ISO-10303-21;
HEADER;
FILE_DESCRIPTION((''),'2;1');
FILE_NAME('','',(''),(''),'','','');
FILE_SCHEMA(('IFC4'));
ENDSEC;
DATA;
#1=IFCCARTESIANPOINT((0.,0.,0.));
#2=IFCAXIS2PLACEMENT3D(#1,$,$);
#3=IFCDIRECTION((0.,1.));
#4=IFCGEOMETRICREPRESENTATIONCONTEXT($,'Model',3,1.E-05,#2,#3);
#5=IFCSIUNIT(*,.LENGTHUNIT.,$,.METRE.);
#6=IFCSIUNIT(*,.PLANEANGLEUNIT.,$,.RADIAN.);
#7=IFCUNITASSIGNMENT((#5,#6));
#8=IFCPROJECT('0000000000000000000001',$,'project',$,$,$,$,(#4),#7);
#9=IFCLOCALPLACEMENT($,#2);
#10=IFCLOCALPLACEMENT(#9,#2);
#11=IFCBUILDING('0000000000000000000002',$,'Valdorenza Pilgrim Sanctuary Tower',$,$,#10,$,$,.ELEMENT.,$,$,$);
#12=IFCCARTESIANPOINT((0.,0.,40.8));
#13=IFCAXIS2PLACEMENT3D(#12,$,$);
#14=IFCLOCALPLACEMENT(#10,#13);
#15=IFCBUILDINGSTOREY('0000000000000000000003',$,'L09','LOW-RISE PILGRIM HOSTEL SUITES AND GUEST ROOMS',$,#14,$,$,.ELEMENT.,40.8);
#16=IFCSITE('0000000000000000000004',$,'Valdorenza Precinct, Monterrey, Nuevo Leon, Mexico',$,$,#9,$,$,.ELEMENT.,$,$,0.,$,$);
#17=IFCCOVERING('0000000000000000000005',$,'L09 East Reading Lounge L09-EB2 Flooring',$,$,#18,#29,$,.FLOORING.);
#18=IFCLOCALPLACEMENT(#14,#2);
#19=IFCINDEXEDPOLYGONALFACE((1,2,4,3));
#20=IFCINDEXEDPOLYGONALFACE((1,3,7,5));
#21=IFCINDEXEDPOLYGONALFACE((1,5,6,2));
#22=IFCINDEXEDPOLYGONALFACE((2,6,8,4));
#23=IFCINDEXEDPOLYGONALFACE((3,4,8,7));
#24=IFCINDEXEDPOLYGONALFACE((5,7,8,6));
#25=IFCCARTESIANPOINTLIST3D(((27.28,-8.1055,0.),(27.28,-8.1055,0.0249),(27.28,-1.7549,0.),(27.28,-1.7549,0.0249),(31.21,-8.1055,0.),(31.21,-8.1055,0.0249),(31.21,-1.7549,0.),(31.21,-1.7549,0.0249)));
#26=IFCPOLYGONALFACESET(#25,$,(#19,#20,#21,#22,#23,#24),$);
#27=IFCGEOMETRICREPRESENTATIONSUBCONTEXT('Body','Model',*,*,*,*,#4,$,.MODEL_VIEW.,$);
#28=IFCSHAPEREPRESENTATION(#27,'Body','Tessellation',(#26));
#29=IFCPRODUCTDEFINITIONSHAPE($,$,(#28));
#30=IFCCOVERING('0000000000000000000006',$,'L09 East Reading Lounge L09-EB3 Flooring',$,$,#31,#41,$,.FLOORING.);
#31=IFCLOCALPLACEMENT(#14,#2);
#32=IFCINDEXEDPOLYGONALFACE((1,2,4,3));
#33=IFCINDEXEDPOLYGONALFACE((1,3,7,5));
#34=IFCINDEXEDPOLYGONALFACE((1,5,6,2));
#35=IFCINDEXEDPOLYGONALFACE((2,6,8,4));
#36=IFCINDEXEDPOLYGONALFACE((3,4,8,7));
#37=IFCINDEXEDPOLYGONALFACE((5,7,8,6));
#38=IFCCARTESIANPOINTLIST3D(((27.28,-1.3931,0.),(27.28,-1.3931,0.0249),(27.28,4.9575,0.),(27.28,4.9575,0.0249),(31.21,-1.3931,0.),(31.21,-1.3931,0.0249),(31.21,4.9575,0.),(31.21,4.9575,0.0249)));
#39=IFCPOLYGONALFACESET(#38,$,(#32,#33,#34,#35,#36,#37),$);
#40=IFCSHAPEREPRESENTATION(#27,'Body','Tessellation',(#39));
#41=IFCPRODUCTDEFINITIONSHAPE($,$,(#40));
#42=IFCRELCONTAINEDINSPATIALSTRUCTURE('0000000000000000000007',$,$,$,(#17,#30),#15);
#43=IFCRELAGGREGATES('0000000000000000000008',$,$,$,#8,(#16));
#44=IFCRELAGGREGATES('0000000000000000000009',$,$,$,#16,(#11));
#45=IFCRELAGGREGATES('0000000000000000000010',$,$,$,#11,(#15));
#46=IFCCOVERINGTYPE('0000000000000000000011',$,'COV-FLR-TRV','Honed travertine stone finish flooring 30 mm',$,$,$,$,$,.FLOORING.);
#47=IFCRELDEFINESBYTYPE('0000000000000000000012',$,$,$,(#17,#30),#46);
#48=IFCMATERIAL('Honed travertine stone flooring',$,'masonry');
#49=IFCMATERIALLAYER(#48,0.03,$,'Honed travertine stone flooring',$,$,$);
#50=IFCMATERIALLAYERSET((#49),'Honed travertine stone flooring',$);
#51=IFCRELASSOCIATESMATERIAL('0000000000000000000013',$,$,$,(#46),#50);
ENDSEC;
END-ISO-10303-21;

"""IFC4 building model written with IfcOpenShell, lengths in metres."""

from ifc_helpers import new_model, si_unit, direction, frame, origin, place, context, subcontext, project, spatial, polyline, outline, extrude, material, layer, layer_set, type_object, element, save


model = new_model("IFC4")

# Units and contexts
model_context = context("Model", 3, precision=1e-05, world=origin(), true_north=direction((0.0, 1.0)))
body_context = subcontext(model_context, "Body", "Model", "MODEL_VIEW")
ifc_project = project(units=[si_unit("LENGTHUNIT", "METRE"), si_unit("PLANEANGLEUNIT", "RADIAN")], contexts=[model_context])

# Site, building, storey
site_placement = place(None, origin())
site = spatial("IfcSite", under=ifc_project, at=site_placement, Name="Valdorenza Precinct, Monterrey, Nuevo Leon, Mexico", CompositionType="ELEMENT", RefElevation=0.0)
building_placement = place(site_placement, origin())
building = spatial("IfcBuilding", under=site, at=building_placement, Name="Valdorenza Pilgrim Sanctuary Tower", CompositionType="ELEMENT")
storey_placement = place(building_placement, frame((0.0, 0.0, 40.8)))
storey = spatial("IfcBuildingStorey", under=building, at=storey_placement, Name="L09", Description="LOW-RISE PILGRIM HOSTEL SUITES AND GUEST ROOMS", CompositionType="ELEMENT", Elevation=40.8)

# Coverings
ifc_material_1 = material(Name="Honed travertine stone flooring", Category="masonry")
ifc_layer_1 = layer(ifc_material_1, 0.03, Name="Honed travertine stone flooring")
ifc_layer_set_1 = layer_set([ifc_layer_1], Name="Honed travertine stone flooring")
covering_type_1 = type_object("IfcCoveringType", Name="COV-FLR-TRV", Description="Honed travertine stone finish flooring 30 mm", PredefinedType="FLOORING", material=ifc_layer_set_1)
covering_1_placement = place(storey_placement, origin())
element("IfcCovering", 1, at=covering_1_placement, inside=storey, type_object=covering_type_1, Name="L09 East Reading Lounge L09-EB2 Flooring", PredefinedType="FLOORING", context=body_context, shape_type="SweptSolid", body=[
    extrude(outline(polyline([(27.28, -1.7549), (31.21, -1.7549), (31.21, -8.1055), (27.28, -8.1055), (27.28, -1.7549)])), origin(), (0.0, 0.0, 1.0), 0.0249),
])
covering_2_placement = place(storey_placement, origin())
element("IfcCovering", 2, at=covering_2_placement, inside=storey, type_object=covering_type_1, Name="L09 East Reading Lounge L09-EB3 Flooring", PredefinedType="FLOORING", context=body_context, shape_type="SweptSolid", body=[
    extrude(outline(polyline([(27.28, 4.9575), (31.21, 4.9575), (31.21, -1.3931), (27.28, -1.3931), (27.28, 4.9575)])), origin(), (0.0, 0.0, 1.0), 0.0249),
])

save(model, "model.ifc")
